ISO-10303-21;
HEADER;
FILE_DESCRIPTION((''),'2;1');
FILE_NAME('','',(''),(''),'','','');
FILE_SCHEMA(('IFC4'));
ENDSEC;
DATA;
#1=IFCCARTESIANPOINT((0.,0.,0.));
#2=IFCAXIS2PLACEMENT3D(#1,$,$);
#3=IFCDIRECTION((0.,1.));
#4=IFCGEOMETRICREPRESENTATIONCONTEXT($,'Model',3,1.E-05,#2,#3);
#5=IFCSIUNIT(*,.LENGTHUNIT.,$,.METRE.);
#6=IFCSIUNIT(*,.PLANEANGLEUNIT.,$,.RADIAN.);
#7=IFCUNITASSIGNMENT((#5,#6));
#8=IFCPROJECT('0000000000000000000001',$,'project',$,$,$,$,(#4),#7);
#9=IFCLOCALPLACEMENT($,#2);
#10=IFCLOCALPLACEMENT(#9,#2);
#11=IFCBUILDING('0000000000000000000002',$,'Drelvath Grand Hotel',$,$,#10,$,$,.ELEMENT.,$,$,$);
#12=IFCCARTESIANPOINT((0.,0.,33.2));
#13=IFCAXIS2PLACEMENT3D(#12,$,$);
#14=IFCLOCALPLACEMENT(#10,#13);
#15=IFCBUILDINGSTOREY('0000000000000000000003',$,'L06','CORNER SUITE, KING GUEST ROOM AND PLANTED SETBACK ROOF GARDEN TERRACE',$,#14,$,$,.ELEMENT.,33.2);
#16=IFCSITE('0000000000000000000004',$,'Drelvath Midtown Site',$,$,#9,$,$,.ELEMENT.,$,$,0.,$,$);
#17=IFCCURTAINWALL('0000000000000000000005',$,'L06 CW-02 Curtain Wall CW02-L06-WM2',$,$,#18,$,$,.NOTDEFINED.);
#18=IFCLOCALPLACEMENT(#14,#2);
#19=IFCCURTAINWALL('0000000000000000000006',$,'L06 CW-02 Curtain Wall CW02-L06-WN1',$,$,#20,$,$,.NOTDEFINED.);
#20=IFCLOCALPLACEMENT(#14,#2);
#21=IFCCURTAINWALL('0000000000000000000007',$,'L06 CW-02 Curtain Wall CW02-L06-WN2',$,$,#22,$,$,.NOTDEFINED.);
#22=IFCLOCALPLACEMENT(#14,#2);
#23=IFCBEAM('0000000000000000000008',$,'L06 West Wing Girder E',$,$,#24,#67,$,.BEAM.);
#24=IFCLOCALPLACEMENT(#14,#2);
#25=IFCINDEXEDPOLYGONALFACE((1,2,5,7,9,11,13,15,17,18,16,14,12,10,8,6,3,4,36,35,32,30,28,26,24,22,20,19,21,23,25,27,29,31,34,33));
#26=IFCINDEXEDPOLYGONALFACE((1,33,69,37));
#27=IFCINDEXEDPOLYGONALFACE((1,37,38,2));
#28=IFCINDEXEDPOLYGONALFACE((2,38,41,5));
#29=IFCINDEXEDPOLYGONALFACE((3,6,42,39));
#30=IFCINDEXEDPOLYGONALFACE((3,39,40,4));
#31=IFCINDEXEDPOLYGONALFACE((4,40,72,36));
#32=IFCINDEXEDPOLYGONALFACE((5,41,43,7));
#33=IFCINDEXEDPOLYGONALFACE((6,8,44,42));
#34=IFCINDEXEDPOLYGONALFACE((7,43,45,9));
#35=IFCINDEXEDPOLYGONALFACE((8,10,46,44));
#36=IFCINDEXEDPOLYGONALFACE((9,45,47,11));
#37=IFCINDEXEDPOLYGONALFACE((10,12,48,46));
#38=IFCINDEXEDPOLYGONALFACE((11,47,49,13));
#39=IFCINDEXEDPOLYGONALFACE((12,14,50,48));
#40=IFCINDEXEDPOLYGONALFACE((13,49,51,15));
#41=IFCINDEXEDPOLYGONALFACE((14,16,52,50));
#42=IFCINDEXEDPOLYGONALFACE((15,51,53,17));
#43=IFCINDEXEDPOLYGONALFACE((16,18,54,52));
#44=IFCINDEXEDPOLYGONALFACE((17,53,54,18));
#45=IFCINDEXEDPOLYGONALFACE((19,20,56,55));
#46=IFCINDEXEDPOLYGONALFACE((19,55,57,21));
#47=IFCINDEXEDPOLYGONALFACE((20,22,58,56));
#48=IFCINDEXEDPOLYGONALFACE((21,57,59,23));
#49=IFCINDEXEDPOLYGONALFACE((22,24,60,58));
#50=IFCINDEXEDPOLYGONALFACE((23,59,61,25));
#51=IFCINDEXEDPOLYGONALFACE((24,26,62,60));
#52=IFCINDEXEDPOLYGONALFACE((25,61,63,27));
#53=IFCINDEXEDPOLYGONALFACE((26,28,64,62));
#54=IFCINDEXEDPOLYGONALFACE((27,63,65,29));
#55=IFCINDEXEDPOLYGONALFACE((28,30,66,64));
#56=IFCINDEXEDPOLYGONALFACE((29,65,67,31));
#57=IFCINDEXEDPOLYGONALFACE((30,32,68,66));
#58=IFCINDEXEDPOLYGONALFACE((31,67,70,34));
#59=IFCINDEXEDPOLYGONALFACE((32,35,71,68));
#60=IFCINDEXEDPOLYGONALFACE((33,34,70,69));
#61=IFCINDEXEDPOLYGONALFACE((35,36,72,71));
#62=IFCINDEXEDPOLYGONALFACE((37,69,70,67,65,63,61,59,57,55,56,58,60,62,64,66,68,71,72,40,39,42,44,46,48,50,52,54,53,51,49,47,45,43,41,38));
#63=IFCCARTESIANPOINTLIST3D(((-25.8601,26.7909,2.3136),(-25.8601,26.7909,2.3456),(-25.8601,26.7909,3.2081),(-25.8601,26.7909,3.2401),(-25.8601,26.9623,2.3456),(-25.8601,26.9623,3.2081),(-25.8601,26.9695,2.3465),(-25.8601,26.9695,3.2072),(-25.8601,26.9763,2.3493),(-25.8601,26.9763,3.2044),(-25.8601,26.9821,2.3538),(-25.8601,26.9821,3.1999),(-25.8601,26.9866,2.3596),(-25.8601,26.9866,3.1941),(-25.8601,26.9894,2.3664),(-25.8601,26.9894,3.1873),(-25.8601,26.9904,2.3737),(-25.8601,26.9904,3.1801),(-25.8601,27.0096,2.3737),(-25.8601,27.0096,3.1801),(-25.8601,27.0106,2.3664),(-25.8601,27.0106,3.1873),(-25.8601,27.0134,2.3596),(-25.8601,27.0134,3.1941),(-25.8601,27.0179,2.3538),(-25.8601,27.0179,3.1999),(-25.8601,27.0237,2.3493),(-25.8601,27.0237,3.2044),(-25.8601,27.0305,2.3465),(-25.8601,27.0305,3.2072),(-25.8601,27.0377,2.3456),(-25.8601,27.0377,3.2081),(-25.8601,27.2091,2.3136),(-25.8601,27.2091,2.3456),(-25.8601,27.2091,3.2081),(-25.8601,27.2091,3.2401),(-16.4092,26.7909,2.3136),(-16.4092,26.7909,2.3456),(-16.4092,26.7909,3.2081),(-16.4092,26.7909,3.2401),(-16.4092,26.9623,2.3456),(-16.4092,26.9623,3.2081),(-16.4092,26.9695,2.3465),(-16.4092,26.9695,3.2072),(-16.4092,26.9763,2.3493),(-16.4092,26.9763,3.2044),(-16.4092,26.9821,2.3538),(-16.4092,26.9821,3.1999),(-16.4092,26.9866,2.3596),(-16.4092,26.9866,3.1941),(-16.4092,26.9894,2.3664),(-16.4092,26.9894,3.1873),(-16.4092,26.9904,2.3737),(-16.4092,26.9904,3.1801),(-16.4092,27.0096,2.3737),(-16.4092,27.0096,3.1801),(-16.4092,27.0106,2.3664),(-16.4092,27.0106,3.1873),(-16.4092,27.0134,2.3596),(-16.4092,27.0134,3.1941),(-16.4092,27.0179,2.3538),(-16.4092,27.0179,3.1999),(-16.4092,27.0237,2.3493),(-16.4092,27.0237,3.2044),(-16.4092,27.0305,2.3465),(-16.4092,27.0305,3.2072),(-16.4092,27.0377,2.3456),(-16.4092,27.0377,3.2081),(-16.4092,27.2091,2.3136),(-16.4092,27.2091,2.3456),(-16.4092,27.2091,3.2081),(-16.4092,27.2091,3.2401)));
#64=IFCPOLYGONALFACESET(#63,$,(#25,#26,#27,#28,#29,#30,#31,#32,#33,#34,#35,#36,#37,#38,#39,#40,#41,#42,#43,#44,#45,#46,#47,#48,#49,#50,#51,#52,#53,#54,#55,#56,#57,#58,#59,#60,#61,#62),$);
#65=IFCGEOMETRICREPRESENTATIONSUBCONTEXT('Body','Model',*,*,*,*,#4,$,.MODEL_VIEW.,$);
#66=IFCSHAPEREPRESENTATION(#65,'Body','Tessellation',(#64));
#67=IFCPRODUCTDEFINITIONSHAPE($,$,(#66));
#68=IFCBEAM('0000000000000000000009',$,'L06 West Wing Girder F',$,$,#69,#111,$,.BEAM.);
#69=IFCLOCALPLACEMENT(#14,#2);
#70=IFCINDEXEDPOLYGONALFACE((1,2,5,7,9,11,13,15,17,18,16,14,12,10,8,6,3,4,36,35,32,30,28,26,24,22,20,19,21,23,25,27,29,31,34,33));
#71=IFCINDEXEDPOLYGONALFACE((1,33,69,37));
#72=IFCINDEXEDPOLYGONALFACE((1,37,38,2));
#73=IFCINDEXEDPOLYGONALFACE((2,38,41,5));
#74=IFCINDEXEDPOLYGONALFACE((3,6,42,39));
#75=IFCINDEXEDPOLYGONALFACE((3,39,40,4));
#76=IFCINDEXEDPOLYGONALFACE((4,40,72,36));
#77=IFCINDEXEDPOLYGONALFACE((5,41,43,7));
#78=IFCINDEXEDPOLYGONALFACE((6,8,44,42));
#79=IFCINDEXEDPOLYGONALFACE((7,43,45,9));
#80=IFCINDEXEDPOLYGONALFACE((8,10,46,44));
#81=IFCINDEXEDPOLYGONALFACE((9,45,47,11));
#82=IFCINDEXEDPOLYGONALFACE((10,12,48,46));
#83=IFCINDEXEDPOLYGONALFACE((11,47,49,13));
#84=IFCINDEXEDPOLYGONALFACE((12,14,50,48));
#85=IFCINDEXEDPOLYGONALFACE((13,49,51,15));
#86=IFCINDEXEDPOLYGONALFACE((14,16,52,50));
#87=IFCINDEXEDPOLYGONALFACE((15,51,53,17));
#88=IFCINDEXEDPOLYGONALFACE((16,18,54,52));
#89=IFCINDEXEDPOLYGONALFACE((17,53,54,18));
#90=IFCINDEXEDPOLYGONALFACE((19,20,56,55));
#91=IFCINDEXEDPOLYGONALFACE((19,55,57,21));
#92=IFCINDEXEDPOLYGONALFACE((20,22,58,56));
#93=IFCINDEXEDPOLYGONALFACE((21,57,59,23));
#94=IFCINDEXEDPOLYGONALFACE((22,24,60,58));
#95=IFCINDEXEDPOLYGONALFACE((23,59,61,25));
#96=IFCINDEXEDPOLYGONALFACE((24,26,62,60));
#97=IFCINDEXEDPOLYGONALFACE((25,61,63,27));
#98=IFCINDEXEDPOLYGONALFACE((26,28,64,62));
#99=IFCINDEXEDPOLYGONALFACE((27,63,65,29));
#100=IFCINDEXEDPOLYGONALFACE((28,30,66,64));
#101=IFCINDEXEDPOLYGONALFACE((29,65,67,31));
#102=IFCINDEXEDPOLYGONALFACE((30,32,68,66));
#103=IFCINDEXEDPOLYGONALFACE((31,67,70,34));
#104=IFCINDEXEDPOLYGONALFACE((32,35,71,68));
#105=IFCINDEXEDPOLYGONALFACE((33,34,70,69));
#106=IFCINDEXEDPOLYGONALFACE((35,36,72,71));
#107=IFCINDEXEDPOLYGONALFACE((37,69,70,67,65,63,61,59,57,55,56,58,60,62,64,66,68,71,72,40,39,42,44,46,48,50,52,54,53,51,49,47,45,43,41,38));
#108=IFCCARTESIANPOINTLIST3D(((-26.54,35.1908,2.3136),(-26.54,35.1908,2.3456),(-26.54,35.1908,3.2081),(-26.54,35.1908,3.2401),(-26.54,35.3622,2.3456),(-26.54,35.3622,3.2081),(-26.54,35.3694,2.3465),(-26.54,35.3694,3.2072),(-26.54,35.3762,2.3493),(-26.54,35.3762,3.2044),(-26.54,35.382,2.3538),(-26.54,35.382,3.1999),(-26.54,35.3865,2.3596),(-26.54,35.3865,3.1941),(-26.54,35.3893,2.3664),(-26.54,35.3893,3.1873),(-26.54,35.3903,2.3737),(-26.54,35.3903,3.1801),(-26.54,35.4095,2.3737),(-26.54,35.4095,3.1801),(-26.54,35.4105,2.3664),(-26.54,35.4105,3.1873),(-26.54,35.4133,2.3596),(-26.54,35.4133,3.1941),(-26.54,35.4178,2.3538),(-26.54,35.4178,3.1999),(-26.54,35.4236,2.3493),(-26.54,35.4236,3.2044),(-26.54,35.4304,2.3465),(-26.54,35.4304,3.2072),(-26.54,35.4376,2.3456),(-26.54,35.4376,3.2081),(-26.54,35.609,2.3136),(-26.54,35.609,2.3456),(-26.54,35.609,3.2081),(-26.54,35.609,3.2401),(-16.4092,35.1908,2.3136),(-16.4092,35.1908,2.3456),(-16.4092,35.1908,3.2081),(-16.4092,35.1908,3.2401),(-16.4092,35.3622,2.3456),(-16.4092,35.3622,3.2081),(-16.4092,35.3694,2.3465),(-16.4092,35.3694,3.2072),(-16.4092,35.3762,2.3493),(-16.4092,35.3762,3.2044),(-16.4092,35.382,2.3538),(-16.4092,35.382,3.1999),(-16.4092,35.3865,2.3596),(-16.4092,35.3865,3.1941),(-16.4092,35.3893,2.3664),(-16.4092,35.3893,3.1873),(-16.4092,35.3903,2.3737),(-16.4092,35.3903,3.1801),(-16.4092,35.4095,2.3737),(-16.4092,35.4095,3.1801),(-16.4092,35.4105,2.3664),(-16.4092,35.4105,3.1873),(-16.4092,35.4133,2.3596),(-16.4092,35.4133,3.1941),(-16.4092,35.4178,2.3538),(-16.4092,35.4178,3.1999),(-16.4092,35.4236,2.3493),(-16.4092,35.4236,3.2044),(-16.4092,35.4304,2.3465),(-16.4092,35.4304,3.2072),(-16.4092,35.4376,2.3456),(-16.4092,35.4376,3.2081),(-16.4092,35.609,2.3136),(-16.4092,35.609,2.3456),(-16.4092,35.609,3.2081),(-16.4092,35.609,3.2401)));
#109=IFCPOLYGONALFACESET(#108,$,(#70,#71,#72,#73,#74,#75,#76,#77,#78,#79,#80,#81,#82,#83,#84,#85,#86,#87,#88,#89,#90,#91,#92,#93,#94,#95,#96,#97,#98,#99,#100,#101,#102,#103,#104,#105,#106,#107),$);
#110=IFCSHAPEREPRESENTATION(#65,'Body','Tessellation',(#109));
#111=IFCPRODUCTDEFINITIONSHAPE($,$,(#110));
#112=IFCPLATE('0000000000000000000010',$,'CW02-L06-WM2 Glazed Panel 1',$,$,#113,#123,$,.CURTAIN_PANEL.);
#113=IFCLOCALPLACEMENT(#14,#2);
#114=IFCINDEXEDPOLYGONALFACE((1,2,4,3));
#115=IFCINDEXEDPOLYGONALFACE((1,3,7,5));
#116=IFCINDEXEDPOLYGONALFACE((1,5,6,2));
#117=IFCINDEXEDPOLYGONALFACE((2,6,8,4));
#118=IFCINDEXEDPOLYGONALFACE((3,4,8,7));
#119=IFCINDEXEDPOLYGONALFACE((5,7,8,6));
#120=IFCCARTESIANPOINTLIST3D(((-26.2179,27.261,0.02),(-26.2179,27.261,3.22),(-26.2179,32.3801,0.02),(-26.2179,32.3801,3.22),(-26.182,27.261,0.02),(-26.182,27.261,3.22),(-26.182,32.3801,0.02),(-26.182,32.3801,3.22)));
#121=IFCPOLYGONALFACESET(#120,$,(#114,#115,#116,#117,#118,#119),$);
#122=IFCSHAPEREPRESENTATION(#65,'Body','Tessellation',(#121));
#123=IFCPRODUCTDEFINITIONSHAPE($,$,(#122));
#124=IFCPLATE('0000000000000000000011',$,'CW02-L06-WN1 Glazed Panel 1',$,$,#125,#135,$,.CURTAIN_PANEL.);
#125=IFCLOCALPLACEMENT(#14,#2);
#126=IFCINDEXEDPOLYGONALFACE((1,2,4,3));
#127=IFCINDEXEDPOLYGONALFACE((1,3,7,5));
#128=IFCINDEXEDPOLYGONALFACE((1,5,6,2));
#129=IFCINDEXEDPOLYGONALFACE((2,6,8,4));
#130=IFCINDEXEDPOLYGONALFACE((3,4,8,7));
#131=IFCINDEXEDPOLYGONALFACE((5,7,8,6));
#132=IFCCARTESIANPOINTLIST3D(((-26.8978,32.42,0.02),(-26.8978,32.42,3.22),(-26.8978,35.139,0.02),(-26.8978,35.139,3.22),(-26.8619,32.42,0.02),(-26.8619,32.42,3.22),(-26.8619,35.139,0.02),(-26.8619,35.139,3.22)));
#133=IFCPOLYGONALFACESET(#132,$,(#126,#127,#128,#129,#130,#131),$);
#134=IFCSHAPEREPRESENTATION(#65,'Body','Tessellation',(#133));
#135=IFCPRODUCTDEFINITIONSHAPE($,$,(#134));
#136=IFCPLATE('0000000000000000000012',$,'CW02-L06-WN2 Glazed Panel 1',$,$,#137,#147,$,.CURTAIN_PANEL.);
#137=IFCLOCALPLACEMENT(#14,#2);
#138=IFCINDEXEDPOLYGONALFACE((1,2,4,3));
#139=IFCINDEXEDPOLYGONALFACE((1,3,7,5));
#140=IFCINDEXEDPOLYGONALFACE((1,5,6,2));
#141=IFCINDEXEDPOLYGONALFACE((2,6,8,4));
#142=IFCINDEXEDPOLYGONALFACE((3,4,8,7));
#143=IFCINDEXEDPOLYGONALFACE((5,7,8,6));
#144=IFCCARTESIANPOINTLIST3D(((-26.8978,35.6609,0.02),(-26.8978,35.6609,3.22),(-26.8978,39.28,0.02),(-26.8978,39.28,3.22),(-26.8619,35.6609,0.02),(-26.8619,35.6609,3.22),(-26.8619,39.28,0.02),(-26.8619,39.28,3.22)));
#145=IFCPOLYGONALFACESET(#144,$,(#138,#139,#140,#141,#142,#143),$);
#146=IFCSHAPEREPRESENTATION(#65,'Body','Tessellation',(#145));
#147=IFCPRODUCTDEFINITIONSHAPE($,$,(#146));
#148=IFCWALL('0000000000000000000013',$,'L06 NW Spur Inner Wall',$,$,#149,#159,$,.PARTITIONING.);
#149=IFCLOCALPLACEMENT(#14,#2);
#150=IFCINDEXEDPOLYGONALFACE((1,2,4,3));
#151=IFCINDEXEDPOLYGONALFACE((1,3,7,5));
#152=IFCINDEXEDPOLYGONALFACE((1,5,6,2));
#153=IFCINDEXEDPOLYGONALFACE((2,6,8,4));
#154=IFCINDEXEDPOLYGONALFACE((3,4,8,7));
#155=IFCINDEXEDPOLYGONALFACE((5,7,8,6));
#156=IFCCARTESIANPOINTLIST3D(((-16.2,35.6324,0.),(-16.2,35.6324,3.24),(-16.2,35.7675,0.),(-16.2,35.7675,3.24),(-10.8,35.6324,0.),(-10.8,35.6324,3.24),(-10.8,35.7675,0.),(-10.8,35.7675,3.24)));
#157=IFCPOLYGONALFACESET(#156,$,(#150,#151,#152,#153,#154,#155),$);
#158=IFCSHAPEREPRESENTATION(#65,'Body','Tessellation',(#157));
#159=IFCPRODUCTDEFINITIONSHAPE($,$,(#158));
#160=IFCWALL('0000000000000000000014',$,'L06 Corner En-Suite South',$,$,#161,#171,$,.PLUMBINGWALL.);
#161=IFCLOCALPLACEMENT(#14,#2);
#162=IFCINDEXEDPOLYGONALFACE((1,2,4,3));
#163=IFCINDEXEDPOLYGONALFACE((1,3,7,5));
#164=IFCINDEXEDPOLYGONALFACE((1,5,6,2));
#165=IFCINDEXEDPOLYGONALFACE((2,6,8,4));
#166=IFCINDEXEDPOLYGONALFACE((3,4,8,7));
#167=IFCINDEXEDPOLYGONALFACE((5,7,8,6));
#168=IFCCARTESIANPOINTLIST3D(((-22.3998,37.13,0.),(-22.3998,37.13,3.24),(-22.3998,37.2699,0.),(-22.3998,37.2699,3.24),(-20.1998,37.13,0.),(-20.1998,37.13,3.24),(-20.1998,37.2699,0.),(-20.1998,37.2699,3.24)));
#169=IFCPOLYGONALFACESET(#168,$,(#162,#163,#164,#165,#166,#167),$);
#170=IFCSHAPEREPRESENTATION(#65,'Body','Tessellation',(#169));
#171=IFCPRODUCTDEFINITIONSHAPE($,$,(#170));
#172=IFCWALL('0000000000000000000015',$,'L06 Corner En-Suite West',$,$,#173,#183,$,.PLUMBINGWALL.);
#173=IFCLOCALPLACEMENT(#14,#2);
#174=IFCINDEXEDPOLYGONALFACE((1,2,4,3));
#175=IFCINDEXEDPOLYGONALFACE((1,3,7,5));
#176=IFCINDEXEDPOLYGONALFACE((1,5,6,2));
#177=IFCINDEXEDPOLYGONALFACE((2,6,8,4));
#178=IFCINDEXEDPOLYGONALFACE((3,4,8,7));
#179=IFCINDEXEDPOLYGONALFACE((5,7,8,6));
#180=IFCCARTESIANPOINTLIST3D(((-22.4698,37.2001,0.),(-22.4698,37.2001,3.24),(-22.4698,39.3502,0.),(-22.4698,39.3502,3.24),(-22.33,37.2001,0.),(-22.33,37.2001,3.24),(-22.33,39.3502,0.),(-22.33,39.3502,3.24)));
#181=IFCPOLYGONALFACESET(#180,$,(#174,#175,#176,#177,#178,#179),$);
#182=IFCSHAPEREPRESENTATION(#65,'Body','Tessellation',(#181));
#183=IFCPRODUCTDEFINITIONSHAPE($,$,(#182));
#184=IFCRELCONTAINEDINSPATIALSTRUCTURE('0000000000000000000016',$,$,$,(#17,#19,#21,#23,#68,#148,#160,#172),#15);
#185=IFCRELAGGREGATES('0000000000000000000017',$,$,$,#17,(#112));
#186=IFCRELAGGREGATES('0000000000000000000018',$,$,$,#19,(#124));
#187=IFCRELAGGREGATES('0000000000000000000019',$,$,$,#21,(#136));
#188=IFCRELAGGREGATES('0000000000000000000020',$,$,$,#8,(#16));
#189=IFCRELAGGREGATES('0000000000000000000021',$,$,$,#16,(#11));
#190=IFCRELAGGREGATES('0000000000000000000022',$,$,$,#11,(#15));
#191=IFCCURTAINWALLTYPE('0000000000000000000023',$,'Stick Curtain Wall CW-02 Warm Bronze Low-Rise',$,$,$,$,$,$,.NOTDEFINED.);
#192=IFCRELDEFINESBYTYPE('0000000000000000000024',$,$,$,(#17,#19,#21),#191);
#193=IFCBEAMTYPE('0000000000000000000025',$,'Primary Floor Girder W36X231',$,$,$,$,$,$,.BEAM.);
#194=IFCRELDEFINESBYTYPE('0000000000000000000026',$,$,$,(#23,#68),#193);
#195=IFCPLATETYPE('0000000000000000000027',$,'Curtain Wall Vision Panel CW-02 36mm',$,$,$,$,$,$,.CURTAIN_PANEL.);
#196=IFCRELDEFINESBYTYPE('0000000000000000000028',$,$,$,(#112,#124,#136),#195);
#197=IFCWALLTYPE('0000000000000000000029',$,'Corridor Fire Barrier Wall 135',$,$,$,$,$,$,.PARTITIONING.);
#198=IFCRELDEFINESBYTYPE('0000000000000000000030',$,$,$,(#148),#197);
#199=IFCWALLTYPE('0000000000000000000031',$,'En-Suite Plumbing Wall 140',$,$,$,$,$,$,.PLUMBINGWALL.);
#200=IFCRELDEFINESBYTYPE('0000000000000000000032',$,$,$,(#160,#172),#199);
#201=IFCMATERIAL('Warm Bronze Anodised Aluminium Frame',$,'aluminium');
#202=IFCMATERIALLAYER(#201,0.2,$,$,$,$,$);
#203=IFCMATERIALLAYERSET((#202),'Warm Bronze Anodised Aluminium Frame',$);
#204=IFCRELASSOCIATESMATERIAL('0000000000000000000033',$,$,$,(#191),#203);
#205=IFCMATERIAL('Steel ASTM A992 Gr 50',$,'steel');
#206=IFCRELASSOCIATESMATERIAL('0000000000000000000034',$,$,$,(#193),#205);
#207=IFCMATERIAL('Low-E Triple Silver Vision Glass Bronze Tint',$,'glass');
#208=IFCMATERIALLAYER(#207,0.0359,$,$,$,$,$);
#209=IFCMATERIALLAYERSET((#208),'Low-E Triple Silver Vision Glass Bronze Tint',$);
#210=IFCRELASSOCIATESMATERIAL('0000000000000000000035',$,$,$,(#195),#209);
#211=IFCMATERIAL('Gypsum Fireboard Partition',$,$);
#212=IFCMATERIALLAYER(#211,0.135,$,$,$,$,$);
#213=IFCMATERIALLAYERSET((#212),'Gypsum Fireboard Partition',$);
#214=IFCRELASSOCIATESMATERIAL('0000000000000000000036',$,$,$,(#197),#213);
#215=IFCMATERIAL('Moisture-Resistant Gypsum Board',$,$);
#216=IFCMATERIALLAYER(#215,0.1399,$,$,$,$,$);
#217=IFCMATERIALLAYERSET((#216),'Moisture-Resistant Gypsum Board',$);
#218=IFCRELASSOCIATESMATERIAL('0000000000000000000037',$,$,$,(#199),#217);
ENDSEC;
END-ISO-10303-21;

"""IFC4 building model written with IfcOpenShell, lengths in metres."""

from ifc_helpers import new_model, si_unit, direction, frame, frame_2d, origin, origin_2d, place, context, subcontext, project, spatial, rectangle, i_section, extrude, material, layer, layer_set, material_profile, profile_set, type_object, element, aggregate, save


model = new_model("IFC4")

# Units and contexts
model_context = context("Model", 3, precision=1e-05, world=origin(), true_north=direction((0.0, 1.0)))
body_context = subcontext(model_context, "Body", "Model", "MODEL_VIEW")
ifc_project = project(units=[si_unit("LENGTHUNIT", "METRE"), si_unit("PLANEANGLEUNIT", "RADIAN")], contexts=[model_context])

# Site, building, storey
site_placement = place(None, origin())
site = spatial("IfcSite", under=ifc_project, at=site_placement, Name="Drelvath Midtown Site", CompositionType="ELEMENT", RefElevation=0.0)
building_placement = place(site_placement, origin())
building = spatial("IfcBuilding", under=site, at=building_placement, Name="Drelvath Grand Hotel", CompositionType="ELEMENT")
storey_placement = place(building_placement, frame((0.0, 0.0, 33.2)))
storey = spatial("IfcBuildingStorey", under=building, at=storey_placement, Name="L06", Description="CORNER SUITE, KING GUEST ROOM AND PLANTED SETBACK ROOF GARDEN TERRACE", CompositionType="ELEMENT", Elevation=33.2)

# Curtain walls
ifc_material_1 = material(Name="Warm Bronze Anodised Aluminium Frame", Category="aluminium")
ifc_layer_1 = layer(ifc_material_1, 0.2)
ifc_layer_set_1 = layer_set([ifc_layer_1], Name="Warm Bronze Anodised Aluminium Frame")
curtain_wall_type = type_object("IfcCurtainWallType", Name="Stick Curtain Wall CW-02 Warm Bronze Low-Rise", PredefinedType="NOTDEFINED", material=ifc_layer_set_1)
curtain_wall_1_placement = place(storey_placement, origin())
curtain_wall_1 = element("IfcCurtainWall", 1, at=curtain_wall_1_placement, inside=storey, type_object=curtain_wall_type, Name="L06 CW-02 Curtain Wall CW02-L06-WM2", PredefinedType="NOTDEFINED")
curtain_wall_2_placement = place(storey_placement, origin())
curtain_wall_2 = element("IfcCurtainWall", 2, at=curtain_wall_2_placement, inside=storey, type_object=curtain_wall_type, Name="L06 CW-02 Curtain Wall CW02-L06-WN1", PredefinedType="NOTDEFINED")
curtain_wall_3_placement = place(storey_placement, origin())
curtain_wall_3 = element("IfcCurtainWall", 3, at=curtain_wall_3_placement, inside=storey, type_object=curtain_wall_type, Name="L06 CW-02 Curtain Wall CW02-L06-WN2", PredefinedType="NOTDEFINED")

# Beams
ifc_material_2 = material(Name="Steel ASTM A992 Gr 50", Category="steel")
ifc_material_profile_1 = material_profile(ifc_material_2, i_section(OverallWidth=0.4182, OverallDepth=0.9265, WebThickness=0.0193, FlangeThickness=0.032, FilletRadius=0.0281, at=origin_2d()), Name="W36X231")
ifc_profile_set_1 = profile_set([ifc_material_profile_1], Name="Steel ASTM A992 Gr 50")
beam_type_1 = type_object("IfcBeamType", Name="Primary Floor Girder W36X231", PredefinedType="BEAM", material=ifc_profile_set_1)
beam_1_placement = place(storey_placement, frame((-25.8601, 27.0, 2.7769), z_axis=(1.0, 0.0, 0.0), x_axis=(0.0, 1.0, 0.0)))
element("IfcBeam", 4, at=beam_1_placement, inside=storey, type_object=beam_type_1, Name="L06 West Wing Girder E", PredefinedType="BEAM", context=body_context, shape_type="SweptSolid", body=[
    extrude(i_section(OverallWidth=0.4182, OverallDepth=0.9265, WebThickness=0.0193, FlangeThickness=0.032, FilletRadius=0.0281, at=origin_2d()), origin(), (0.0, 0.0, 1.0), 9.4509),
])
beam_2_placement = place(storey_placement, frame((-26.54, 35.3999, 2.7769), z_axis=(1.0, 0.0, 0.0), x_axis=(0.0, 1.0, 0.0)))
element("IfcBeam", 5, at=beam_2_placement, inside=storey, type_object=beam_type_1, Name="L06 West Wing Girder F", PredefinedType="BEAM", context=body_context, shape_type="SweptSolid", body=[
    extrude(i_section(OverallWidth=0.4182, OverallDepth=0.9265, WebThickness=0.0193, FlangeThickness=0.032, FilletRadius=0.0281, at=origin_2d()), origin(), (0.0, 0.0, 1.0), 10.1309),
])

# Plates
ifc_material_3 = material(Name="Low-E Triple Silver Vision Glass Bronze Tint", Category="glass")
ifc_layer_2 = layer(ifc_material_3, 0.0359)
ifc_layer_set_2 = layer_set([ifc_layer_2], Name="Low-E Triple Silver Vision Glass Bronze Tint")
plate_type = type_object("IfcPlateType", Name="Curtain Wall Vision Panel CW-02 36mm", PredefinedType="CURTAIN_PANEL", material=ifc_layer_set_2)
plate_1_placement = place(storey_placement, frame((-26.2, 29.8206, 0.02), z_axis=(0.0, 0.0, 1.0), x_axis=(0.0, 1.0, 0.0)))
plate_1 = element("IfcPlate", 6, at=plate_1_placement, type_object=plate_type, Name="CW02-L06-WM2 Glazed Panel 1", PredefinedType="CURTAIN_PANEL", context=body_context, shape_type="SweptSolid", body=[
    extrude(rectangle(XDim=5.1191, YDim=0.0359, at=origin_2d()), origin(), (0.0, 0.0, 1.0), 3.2),
])
aggregate(curtain_wall_1, [plate_1])
plate_2_placement = place(storey_placement, frame((-26.8799, 33.7795, 0.02), z_axis=(0.0, 0.0, 1.0), x_axis=(0.0, 1.0, 0.0)))
plate_2 = element("IfcPlate", 7, at=plate_2_placement, type_object=plate_type, Name="CW02-L06-WN1 Glazed Panel 1", PredefinedType="CURTAIN_PANEL", context=body_context, shape_type="SweptSolid", body=[
    extrude(rectangle(XDim=2.719, YDim=0.0359, at=origin_2d()), origin(), (0.0, 0.0, 1.0), 3.2),
])
aggregate(curtain_wall_2, [plate_2])
plate_3_placement = place(storey_placement, frame((-26.8799, 37.4705, 0.02), z_axis=(0.0, 0.0, 1.0), x_axis=(0.0, 1.0, 0.0)))
plate_3 = element("IfcPlate", 8, at=plate_3_placement, type_object=plate_type, Name="CW02-L06-WN2 Glazed Panel 1", PredefinedType="CURTAIN_PANEL", context=body_context, shape_type="SweptSolid", body=[
    extrude(rectangle(XDim=3.6191, YDim=0.0359, at=origin_2d()), origin(), (0.0, 0.0, 1.0), 3.2),
])
aggregate(curtain_wall_3, [plate_3])

# Walls
ifc_material_4 = material(Name="Gypsum Fireboard Partition")
ifc_layer_3 = layer(ifc_material_4, 0.135)
ifc_layer_set_3 = layer_set([ifc_layer_3], Name="Gypsum Fireboard Partition")
wall_type_1 = type_object("IfcWallType", Name="Corridor Fire Barrier Wall 135", PredefinedType="PARTITIONING", material=ifc_layer_set_3)
wall_1_placement = place(storey_placement, frame((-16.2, 35.7, 0.0), z_axis=(0.0, 0.0, 1.0), x_axis=(1.0, 0.0, 0.0)))
element("IfcWall", 9, at=wall_1_placement, inside=storey, type_object=wall_type_1, Name="L06 NW Spur Inner Wall", PredefinedType="PARTITIONING", context=body_context, shape_type="SweptSolid", body=[
    extrude(rectangle(XDim=5.3999, YDim=0.135, at=frame_2d((2.7, 0.0))), origin(), (0.0, 0.0, 1.0), 3.24),
])
ifc_material_5 = material(Name="Moisture-Resistant Gypsum Board")
ifc_layer_4 = layer(ifc_material_5, 0.1399)
ifc_layer_set_4 = layer_set([ifc_layer_4], Name="Moisture-Resistant Gypsum Board")
wall_type_2 = type_object("IfcWallType", Name="En-Suite Plumbing Wall 140", PredefinedType="PLUMBINGWALL", material=ifc_layer_set_4)
wall_2_placement = place(storey_placement, frame((-22.3999, 37.2, 0.0), z_axis=(0.0, 0.0, 1.0), x_axis=(1.0, 0.0, 0.0)))
element("IfcWall", 10, at=wall_2_placement, inside=storey, type_object=wall_type_2, Name="L06 Corner En-Suite South", PredefinedType="PLUMBINGWALL", context=body_context, shape_type="SweptSolid", body=[
    extrude(rectangle(XDim=2.2, YDim=0.1399, at=frame_2d((1.1001, 0.0))), origin(), (0.0, 0.0, 1.0), 3.24),
])
wall_3_placement = place(storey_placement, frame((-22.3999, 37.2, 0.0), z_axis=(0.0, 0.0, 1.0), x_axis=(0.0, 1.0, 0.0)))
element("IfcWall", 11, at=wall_3_placement, inside=storey, type_object=wall_type_2, Name="L06 Corner En-Suite West", PredefinedType="PLUMBINGWALL", context=body_context, shape_type="SweptSolid", body=[
    extrude(rectangle(XDim=2.1501, YDim=0.1399, at=frame_2d((1.0752, 0.0))), origin(), (0.0, 0.0, 1.0), 3.24),
])

save(model, "model.ifc")
